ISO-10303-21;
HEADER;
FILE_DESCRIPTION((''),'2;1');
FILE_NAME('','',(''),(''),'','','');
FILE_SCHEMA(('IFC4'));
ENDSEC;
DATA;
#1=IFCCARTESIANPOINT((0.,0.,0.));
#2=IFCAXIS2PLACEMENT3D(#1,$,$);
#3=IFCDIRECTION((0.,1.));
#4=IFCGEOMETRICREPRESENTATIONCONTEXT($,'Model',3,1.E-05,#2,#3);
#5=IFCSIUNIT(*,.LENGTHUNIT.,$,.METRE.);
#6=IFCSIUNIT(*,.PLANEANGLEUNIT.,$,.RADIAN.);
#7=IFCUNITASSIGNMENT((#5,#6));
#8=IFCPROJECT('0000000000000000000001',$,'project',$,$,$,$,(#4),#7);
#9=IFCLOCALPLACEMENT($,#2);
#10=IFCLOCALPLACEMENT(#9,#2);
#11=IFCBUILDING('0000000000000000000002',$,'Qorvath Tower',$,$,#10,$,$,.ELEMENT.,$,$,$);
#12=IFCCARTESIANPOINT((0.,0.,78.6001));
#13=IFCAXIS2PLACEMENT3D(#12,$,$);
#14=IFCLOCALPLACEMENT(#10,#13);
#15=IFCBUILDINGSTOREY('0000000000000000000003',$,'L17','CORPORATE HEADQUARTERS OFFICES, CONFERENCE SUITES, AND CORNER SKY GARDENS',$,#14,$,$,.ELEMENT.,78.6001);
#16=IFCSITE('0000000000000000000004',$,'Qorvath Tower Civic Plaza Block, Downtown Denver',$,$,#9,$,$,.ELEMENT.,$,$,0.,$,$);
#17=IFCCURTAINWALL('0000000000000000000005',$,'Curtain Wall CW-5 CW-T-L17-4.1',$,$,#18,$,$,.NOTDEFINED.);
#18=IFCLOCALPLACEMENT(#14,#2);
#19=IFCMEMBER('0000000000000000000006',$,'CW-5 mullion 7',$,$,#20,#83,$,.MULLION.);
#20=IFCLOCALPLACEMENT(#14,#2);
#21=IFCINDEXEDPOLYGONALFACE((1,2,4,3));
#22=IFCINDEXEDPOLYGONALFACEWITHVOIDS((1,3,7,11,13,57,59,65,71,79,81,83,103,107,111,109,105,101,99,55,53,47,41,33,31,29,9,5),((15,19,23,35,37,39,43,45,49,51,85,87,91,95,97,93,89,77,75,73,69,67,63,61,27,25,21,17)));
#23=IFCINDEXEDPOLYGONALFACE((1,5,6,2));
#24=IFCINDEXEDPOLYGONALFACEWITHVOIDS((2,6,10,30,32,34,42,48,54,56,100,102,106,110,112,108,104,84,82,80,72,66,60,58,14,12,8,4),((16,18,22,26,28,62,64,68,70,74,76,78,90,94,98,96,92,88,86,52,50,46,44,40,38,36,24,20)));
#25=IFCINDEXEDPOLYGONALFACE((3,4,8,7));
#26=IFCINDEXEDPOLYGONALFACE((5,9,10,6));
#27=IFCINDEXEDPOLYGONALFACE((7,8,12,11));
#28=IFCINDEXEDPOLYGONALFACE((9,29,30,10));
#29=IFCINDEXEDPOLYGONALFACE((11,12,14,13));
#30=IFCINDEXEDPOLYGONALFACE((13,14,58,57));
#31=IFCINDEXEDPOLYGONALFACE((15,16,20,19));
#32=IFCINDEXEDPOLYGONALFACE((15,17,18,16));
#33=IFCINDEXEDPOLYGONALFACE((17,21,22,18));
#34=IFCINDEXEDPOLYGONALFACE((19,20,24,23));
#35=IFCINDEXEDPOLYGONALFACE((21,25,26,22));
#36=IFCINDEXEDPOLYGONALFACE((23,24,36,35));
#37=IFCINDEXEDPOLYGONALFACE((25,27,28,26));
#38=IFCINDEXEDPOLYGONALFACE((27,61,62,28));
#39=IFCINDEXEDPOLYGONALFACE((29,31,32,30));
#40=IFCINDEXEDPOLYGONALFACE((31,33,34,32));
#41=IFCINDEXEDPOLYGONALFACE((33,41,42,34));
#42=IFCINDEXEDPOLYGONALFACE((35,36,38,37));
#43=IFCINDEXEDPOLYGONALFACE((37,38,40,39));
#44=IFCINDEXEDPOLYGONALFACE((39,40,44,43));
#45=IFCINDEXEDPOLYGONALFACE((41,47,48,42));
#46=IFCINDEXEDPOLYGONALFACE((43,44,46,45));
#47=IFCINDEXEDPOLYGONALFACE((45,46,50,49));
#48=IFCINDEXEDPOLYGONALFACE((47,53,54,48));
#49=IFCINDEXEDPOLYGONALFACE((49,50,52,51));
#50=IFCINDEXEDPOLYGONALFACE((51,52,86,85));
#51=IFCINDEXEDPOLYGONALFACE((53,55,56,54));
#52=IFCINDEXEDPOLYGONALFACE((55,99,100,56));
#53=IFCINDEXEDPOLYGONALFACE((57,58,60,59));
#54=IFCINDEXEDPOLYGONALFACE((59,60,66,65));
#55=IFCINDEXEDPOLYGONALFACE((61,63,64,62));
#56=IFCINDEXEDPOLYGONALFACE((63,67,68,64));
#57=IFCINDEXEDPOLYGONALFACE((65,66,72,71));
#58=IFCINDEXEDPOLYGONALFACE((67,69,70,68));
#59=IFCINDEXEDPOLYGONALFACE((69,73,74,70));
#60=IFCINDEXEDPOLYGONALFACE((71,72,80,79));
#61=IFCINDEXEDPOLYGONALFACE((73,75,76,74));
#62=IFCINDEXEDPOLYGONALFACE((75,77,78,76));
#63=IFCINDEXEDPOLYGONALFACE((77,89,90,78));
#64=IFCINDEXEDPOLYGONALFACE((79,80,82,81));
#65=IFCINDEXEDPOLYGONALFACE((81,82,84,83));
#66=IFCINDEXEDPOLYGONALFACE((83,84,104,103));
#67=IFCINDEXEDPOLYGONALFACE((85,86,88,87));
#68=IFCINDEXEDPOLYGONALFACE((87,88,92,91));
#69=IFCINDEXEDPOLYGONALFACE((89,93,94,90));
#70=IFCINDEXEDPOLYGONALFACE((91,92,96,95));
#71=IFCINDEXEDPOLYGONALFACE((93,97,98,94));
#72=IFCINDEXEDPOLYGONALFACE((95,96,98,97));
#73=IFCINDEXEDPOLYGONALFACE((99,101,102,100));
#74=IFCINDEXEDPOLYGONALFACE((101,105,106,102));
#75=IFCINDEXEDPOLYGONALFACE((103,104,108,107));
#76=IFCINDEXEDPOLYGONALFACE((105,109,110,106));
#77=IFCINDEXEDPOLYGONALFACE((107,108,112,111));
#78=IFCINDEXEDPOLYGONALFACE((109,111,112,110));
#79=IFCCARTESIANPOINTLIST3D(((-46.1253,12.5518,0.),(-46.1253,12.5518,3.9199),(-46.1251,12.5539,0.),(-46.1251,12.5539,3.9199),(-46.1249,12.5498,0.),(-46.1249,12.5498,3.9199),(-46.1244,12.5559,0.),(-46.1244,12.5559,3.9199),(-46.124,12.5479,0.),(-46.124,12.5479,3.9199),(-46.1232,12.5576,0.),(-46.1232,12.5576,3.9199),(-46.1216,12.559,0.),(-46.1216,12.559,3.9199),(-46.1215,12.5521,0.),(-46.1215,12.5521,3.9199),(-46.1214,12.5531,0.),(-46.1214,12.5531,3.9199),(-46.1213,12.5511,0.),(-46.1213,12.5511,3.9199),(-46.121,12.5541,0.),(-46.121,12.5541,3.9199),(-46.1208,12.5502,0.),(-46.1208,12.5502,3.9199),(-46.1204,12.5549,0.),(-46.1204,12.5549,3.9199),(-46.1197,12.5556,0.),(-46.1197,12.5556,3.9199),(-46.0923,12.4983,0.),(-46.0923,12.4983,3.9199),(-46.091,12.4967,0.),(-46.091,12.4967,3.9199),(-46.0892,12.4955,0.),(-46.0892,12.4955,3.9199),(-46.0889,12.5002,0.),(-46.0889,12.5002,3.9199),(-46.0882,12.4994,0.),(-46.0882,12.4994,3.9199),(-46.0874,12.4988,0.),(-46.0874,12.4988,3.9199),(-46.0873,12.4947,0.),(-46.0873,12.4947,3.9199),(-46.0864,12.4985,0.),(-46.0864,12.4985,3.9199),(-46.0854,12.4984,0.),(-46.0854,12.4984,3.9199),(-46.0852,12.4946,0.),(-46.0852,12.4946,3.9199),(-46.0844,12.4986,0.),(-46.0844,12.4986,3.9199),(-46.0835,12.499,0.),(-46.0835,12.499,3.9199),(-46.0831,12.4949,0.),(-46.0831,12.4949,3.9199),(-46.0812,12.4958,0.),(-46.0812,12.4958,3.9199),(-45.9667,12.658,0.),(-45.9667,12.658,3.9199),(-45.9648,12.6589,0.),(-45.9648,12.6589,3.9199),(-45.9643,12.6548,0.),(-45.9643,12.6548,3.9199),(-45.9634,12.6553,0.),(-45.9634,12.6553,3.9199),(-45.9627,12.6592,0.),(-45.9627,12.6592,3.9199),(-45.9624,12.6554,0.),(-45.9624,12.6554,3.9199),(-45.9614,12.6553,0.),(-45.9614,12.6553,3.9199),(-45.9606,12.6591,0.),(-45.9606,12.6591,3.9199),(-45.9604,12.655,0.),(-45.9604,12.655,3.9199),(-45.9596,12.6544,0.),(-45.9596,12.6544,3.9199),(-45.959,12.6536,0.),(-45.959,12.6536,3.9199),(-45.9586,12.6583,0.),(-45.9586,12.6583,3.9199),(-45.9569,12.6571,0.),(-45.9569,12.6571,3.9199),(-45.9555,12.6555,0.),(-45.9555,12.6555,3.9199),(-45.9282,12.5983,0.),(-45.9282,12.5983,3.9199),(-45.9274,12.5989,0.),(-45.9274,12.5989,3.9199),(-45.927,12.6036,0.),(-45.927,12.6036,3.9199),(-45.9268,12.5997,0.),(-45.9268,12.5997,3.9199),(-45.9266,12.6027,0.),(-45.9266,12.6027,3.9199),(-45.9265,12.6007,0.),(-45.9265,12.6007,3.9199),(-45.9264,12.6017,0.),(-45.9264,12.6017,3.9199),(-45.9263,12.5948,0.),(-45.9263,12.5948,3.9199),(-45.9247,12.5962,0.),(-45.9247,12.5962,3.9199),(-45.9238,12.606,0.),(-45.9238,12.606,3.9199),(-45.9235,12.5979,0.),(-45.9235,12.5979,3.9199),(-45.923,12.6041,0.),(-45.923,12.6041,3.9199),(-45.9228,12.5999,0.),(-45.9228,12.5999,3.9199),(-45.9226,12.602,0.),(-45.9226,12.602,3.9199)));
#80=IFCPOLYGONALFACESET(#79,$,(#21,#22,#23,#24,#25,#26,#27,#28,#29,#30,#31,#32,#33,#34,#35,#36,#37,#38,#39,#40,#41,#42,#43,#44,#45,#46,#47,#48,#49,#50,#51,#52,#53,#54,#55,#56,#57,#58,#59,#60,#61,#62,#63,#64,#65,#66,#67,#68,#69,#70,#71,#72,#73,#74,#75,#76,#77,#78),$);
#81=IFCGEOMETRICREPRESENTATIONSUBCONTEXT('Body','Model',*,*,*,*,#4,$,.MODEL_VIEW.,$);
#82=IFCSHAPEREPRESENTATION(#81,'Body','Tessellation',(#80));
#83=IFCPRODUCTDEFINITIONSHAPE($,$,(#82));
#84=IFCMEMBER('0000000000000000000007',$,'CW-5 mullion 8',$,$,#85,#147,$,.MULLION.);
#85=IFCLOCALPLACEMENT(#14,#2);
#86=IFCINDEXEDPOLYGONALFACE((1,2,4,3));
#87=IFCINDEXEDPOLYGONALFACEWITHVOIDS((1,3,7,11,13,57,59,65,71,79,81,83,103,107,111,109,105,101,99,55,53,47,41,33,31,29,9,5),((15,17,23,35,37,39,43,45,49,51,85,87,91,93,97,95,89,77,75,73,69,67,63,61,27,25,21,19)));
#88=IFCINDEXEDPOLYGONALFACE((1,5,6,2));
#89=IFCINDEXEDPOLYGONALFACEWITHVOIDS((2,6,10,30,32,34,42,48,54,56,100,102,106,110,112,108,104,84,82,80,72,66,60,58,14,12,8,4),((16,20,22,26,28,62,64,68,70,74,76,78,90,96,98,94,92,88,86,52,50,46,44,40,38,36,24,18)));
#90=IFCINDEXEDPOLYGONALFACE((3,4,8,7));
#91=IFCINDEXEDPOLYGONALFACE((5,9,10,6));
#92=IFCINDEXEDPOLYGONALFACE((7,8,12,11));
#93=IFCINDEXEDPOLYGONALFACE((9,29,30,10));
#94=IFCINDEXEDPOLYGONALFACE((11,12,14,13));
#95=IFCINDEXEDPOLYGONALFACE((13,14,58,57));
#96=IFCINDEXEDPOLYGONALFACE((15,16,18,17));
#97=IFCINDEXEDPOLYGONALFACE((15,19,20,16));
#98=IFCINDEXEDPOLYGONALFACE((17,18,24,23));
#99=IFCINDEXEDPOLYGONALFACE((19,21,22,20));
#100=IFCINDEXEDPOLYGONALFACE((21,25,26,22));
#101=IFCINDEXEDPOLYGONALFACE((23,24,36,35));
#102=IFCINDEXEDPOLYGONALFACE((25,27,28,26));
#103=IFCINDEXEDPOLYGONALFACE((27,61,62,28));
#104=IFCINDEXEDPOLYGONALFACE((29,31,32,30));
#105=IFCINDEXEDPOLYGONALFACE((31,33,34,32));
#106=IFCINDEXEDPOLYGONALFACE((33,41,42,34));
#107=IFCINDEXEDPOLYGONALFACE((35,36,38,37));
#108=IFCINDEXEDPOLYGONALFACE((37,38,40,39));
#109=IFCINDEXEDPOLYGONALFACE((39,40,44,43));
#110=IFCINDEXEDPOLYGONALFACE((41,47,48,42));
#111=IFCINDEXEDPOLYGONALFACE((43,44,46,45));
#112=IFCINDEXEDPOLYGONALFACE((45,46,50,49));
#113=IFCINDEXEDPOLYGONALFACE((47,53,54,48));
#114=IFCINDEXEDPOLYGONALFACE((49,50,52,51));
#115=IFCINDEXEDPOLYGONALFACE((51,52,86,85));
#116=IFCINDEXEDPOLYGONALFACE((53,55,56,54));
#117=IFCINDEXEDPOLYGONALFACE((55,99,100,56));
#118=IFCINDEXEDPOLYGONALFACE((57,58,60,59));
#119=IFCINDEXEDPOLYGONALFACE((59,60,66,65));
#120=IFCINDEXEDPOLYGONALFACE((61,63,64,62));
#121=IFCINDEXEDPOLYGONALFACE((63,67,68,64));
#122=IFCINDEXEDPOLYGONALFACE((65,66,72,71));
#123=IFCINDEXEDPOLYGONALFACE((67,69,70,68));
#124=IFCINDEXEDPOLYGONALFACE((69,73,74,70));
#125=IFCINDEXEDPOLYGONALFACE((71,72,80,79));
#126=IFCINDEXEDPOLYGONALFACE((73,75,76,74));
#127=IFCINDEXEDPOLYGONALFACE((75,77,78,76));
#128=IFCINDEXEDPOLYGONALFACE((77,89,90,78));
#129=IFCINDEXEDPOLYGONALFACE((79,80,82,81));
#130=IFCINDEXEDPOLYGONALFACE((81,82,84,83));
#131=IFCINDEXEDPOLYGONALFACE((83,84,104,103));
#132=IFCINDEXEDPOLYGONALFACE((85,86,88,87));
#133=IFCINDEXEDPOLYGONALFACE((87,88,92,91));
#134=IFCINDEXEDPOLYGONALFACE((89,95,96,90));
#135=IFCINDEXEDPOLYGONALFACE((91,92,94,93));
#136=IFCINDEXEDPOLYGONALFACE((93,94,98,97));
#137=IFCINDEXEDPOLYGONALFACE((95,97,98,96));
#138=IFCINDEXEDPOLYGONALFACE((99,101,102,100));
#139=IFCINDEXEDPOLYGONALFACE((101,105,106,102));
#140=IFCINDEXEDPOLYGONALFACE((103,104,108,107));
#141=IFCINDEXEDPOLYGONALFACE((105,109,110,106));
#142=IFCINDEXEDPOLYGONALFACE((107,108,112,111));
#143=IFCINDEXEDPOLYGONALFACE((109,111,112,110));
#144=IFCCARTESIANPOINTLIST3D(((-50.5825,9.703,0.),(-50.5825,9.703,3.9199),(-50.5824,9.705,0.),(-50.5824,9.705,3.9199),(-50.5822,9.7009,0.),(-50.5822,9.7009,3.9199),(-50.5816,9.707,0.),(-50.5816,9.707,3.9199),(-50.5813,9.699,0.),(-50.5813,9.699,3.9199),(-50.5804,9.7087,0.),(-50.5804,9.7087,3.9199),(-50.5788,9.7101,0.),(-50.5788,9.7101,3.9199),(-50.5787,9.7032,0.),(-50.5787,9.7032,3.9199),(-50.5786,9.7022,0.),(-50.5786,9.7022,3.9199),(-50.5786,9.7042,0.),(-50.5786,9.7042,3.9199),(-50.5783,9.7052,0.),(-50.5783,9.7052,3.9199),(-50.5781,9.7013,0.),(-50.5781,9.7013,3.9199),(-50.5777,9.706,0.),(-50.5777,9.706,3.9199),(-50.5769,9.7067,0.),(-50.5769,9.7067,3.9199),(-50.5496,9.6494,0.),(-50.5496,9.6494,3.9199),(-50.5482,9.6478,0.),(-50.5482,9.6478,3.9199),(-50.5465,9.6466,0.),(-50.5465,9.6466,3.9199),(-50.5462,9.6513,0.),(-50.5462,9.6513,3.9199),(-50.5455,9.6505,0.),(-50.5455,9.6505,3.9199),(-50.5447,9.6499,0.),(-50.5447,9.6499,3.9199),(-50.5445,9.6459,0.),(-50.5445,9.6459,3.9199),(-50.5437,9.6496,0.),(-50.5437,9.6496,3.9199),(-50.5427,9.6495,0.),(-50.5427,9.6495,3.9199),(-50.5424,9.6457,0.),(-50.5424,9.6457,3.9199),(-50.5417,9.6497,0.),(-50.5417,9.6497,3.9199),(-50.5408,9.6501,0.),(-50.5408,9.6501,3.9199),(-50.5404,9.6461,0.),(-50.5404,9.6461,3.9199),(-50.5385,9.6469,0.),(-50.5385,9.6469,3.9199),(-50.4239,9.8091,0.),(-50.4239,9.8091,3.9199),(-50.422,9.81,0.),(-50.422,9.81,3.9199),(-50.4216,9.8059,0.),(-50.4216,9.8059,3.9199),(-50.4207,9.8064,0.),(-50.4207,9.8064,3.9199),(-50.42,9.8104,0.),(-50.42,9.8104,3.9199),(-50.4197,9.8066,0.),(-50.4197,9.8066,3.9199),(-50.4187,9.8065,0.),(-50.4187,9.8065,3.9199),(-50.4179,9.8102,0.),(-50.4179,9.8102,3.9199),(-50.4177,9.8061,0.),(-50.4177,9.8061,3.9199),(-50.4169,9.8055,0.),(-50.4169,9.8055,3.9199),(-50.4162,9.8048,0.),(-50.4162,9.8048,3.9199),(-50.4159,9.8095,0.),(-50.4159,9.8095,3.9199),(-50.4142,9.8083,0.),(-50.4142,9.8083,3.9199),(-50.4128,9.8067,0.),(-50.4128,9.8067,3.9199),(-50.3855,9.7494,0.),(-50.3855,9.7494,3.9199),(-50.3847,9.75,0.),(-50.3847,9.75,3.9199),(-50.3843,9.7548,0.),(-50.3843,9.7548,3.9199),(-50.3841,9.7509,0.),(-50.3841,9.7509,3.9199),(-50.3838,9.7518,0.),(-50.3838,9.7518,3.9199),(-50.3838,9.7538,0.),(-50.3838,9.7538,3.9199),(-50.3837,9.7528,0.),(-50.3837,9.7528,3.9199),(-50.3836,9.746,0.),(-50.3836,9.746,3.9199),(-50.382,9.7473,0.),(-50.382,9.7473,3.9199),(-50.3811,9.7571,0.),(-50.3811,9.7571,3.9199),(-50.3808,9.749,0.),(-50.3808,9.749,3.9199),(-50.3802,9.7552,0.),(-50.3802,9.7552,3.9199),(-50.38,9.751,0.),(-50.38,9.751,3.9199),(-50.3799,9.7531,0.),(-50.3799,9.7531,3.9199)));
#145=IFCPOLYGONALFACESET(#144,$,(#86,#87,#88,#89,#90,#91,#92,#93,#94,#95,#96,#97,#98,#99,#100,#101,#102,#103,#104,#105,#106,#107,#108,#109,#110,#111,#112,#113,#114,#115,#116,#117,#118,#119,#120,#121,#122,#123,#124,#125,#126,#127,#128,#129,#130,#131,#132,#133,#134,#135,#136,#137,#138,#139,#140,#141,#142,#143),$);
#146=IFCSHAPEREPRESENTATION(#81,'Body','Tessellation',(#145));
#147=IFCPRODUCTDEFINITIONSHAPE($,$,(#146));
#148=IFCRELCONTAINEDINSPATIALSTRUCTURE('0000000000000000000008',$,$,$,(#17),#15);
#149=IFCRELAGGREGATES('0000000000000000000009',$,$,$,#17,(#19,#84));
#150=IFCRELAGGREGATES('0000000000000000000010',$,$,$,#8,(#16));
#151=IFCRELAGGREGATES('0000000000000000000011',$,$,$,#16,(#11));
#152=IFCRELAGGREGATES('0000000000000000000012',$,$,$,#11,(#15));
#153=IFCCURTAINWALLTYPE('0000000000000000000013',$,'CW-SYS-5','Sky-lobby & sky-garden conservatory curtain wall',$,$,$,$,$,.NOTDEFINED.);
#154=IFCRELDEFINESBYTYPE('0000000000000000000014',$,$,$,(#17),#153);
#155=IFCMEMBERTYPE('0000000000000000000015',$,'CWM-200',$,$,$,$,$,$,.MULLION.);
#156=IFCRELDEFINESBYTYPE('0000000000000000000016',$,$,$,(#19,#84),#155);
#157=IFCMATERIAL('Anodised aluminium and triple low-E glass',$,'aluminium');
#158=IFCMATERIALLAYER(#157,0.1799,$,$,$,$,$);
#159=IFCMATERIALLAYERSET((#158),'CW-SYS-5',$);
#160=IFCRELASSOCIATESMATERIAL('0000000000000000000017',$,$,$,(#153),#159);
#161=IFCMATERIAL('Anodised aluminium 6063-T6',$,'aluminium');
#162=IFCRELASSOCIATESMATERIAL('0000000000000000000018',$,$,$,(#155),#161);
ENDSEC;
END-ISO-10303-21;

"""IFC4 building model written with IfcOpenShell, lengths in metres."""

from ifc_helpers import new_model, si_unit, direction, frame, origin, origin_2d, place, context, subcontext, project, spatial, hollow_rectangle, extrude, material, layer, layer_set, material_profile, profile_set, type_object, element, aggregate, save


model = new_model("IFC4")

# Units and contexts
model_context = context("Model", 3, precision=1e-05, world=origin(), true_north=direction((0.0, 1.0)))
body_context = subcontext(model_context, "Body", "Model", "MODEL_VIEW")
ifc_project = project(units=[si_unit("LENGTHUNIT", "METRE"), si_unit("PLANEANGLEUNIT", "RADIAN")], contexts=[model_context])

# Site, building, storey
site_placement = place(None, origin())
site = spatial("IfcSite", under=ifc_project, at=site_placement, Name="Qorvath Tower Civic Plaza Block, Downtown Denver", CompositionType="ELEMENT", RefElevation=0.0)
building_placement = place(site_placement, origin())
building = spatial("IfcBuilding", under=site, at=building_placement, Name="Qorvath Tower", CompositionType="ELEMENT")
storey_placement = place(building_placement, frame((0.0, 0.0, 78.6001)))
storey = spatial("IfcBuildingStorey", under=building, at=storey_placement, Name="L17", Description="CORPORATE HEADQUARTERS OFFICES, CONFERENCE SUITES, AND CORNER SKY GARDENS", CompositionType="ELEMENT", Elevation=78.6001)

# Curtain wall, members
ifc_material_1 = material(Name="Anodised aluminium and triple low-E glass", Category="aluminium")
ifc_layer_1 = layer(ifc_material_1, 0.1799)
ifc_layer_set_1 = layer_set([ifc_layer_1], Name="CW-SYS-5")
curtain_wall_type = type_object("IfcCurtainWallType", Name="CW-SYS-5", Description="Sky-lobby & sky-garden conservatory curtain wall", PredefinedType="NOTDEFINED", material=ifc_layer_set_1)
curtain_wall_1_placement = place(storey_placement, origin())
curtain_wall_1 = element("IfcCurtainWall", 1, at=curtain_wall_1_placement, inside=storey, type_object=curtain_wall_type, Name="Curtain Wall CW-5 CW-T-L17-4.1", PredefinedType="NOTDEFINED")
ifc_material_2 = material(Name="Anodised aluminium 6063-T6", Category="aluminium")
ifc_material_profile_1 = material_profile(ifc_material_2, hollow_rectangle(XDim=0.075, YDim=0.2, WallThickness=0.0039, InnerFilletRadius=0.0039, OuterFilletRadius=0.0081, at=origin_2d()), Name="CWM 200x75")
ifc_profile_set_1 = profile_set([ifc_material_profile_1], Name="Anodised aluminium 6063-T6")
member_type_1 = type_object("IfcMemberType", Name="CWM-200", PredefinedType="MULLION", material=ifc_profile_set_1)
member_1_placement = place(storey_placement, frame((-46.0239, 12.5769, 0.0), z_axis=(0.0, 0.0, 1.0), x_axis=(0.538533, -0.842604, 0.0)))
member_1 = element("IfcMember", 2, at=member_1_placement, type_object=member_type_1, Name="CW-5 mullion 7", PredefinedType="MULLION", context=body_context, shape_type="SweptSolid", body=[
    extrude(hollow_rectangle(XDim=0.075, YDim=0.2, WallThickness=0.0039, InnerFilletRadius=0.0039, OuterFilletRadius=0.0081, at=origin_2d()), origin(), (0.0, 0.0, 1.0), 3.9199),
])
member_2_placement = place(storey_placement, frame((-50.4812, 9.728, 0.0), z_axis=(0.0, 0.0, 1.0), x_axis=(0.538533, -0.842604, 0.0)))
member_2 = element("IfcMember", 3, at=member_2_placement, type_object=member_type_1, Name="CW-5 mullion 8", PredefinedType="MULLION", context=body_context, shape_type="SweptSolid", body=[
    extrude(hollow_rectangle(XDim=0.075, YDim=0.2, WallThickness=0.0039, InnerFilletRadius=0.0039, OuterFilletRadius=0.0081, at=origin_2d()), origin(), (0.0, 0.0, 1.0), 3.9199),
])

aggregate(curtain_wall_1, [member_1, member_2])

save(model, "model.ifc")
